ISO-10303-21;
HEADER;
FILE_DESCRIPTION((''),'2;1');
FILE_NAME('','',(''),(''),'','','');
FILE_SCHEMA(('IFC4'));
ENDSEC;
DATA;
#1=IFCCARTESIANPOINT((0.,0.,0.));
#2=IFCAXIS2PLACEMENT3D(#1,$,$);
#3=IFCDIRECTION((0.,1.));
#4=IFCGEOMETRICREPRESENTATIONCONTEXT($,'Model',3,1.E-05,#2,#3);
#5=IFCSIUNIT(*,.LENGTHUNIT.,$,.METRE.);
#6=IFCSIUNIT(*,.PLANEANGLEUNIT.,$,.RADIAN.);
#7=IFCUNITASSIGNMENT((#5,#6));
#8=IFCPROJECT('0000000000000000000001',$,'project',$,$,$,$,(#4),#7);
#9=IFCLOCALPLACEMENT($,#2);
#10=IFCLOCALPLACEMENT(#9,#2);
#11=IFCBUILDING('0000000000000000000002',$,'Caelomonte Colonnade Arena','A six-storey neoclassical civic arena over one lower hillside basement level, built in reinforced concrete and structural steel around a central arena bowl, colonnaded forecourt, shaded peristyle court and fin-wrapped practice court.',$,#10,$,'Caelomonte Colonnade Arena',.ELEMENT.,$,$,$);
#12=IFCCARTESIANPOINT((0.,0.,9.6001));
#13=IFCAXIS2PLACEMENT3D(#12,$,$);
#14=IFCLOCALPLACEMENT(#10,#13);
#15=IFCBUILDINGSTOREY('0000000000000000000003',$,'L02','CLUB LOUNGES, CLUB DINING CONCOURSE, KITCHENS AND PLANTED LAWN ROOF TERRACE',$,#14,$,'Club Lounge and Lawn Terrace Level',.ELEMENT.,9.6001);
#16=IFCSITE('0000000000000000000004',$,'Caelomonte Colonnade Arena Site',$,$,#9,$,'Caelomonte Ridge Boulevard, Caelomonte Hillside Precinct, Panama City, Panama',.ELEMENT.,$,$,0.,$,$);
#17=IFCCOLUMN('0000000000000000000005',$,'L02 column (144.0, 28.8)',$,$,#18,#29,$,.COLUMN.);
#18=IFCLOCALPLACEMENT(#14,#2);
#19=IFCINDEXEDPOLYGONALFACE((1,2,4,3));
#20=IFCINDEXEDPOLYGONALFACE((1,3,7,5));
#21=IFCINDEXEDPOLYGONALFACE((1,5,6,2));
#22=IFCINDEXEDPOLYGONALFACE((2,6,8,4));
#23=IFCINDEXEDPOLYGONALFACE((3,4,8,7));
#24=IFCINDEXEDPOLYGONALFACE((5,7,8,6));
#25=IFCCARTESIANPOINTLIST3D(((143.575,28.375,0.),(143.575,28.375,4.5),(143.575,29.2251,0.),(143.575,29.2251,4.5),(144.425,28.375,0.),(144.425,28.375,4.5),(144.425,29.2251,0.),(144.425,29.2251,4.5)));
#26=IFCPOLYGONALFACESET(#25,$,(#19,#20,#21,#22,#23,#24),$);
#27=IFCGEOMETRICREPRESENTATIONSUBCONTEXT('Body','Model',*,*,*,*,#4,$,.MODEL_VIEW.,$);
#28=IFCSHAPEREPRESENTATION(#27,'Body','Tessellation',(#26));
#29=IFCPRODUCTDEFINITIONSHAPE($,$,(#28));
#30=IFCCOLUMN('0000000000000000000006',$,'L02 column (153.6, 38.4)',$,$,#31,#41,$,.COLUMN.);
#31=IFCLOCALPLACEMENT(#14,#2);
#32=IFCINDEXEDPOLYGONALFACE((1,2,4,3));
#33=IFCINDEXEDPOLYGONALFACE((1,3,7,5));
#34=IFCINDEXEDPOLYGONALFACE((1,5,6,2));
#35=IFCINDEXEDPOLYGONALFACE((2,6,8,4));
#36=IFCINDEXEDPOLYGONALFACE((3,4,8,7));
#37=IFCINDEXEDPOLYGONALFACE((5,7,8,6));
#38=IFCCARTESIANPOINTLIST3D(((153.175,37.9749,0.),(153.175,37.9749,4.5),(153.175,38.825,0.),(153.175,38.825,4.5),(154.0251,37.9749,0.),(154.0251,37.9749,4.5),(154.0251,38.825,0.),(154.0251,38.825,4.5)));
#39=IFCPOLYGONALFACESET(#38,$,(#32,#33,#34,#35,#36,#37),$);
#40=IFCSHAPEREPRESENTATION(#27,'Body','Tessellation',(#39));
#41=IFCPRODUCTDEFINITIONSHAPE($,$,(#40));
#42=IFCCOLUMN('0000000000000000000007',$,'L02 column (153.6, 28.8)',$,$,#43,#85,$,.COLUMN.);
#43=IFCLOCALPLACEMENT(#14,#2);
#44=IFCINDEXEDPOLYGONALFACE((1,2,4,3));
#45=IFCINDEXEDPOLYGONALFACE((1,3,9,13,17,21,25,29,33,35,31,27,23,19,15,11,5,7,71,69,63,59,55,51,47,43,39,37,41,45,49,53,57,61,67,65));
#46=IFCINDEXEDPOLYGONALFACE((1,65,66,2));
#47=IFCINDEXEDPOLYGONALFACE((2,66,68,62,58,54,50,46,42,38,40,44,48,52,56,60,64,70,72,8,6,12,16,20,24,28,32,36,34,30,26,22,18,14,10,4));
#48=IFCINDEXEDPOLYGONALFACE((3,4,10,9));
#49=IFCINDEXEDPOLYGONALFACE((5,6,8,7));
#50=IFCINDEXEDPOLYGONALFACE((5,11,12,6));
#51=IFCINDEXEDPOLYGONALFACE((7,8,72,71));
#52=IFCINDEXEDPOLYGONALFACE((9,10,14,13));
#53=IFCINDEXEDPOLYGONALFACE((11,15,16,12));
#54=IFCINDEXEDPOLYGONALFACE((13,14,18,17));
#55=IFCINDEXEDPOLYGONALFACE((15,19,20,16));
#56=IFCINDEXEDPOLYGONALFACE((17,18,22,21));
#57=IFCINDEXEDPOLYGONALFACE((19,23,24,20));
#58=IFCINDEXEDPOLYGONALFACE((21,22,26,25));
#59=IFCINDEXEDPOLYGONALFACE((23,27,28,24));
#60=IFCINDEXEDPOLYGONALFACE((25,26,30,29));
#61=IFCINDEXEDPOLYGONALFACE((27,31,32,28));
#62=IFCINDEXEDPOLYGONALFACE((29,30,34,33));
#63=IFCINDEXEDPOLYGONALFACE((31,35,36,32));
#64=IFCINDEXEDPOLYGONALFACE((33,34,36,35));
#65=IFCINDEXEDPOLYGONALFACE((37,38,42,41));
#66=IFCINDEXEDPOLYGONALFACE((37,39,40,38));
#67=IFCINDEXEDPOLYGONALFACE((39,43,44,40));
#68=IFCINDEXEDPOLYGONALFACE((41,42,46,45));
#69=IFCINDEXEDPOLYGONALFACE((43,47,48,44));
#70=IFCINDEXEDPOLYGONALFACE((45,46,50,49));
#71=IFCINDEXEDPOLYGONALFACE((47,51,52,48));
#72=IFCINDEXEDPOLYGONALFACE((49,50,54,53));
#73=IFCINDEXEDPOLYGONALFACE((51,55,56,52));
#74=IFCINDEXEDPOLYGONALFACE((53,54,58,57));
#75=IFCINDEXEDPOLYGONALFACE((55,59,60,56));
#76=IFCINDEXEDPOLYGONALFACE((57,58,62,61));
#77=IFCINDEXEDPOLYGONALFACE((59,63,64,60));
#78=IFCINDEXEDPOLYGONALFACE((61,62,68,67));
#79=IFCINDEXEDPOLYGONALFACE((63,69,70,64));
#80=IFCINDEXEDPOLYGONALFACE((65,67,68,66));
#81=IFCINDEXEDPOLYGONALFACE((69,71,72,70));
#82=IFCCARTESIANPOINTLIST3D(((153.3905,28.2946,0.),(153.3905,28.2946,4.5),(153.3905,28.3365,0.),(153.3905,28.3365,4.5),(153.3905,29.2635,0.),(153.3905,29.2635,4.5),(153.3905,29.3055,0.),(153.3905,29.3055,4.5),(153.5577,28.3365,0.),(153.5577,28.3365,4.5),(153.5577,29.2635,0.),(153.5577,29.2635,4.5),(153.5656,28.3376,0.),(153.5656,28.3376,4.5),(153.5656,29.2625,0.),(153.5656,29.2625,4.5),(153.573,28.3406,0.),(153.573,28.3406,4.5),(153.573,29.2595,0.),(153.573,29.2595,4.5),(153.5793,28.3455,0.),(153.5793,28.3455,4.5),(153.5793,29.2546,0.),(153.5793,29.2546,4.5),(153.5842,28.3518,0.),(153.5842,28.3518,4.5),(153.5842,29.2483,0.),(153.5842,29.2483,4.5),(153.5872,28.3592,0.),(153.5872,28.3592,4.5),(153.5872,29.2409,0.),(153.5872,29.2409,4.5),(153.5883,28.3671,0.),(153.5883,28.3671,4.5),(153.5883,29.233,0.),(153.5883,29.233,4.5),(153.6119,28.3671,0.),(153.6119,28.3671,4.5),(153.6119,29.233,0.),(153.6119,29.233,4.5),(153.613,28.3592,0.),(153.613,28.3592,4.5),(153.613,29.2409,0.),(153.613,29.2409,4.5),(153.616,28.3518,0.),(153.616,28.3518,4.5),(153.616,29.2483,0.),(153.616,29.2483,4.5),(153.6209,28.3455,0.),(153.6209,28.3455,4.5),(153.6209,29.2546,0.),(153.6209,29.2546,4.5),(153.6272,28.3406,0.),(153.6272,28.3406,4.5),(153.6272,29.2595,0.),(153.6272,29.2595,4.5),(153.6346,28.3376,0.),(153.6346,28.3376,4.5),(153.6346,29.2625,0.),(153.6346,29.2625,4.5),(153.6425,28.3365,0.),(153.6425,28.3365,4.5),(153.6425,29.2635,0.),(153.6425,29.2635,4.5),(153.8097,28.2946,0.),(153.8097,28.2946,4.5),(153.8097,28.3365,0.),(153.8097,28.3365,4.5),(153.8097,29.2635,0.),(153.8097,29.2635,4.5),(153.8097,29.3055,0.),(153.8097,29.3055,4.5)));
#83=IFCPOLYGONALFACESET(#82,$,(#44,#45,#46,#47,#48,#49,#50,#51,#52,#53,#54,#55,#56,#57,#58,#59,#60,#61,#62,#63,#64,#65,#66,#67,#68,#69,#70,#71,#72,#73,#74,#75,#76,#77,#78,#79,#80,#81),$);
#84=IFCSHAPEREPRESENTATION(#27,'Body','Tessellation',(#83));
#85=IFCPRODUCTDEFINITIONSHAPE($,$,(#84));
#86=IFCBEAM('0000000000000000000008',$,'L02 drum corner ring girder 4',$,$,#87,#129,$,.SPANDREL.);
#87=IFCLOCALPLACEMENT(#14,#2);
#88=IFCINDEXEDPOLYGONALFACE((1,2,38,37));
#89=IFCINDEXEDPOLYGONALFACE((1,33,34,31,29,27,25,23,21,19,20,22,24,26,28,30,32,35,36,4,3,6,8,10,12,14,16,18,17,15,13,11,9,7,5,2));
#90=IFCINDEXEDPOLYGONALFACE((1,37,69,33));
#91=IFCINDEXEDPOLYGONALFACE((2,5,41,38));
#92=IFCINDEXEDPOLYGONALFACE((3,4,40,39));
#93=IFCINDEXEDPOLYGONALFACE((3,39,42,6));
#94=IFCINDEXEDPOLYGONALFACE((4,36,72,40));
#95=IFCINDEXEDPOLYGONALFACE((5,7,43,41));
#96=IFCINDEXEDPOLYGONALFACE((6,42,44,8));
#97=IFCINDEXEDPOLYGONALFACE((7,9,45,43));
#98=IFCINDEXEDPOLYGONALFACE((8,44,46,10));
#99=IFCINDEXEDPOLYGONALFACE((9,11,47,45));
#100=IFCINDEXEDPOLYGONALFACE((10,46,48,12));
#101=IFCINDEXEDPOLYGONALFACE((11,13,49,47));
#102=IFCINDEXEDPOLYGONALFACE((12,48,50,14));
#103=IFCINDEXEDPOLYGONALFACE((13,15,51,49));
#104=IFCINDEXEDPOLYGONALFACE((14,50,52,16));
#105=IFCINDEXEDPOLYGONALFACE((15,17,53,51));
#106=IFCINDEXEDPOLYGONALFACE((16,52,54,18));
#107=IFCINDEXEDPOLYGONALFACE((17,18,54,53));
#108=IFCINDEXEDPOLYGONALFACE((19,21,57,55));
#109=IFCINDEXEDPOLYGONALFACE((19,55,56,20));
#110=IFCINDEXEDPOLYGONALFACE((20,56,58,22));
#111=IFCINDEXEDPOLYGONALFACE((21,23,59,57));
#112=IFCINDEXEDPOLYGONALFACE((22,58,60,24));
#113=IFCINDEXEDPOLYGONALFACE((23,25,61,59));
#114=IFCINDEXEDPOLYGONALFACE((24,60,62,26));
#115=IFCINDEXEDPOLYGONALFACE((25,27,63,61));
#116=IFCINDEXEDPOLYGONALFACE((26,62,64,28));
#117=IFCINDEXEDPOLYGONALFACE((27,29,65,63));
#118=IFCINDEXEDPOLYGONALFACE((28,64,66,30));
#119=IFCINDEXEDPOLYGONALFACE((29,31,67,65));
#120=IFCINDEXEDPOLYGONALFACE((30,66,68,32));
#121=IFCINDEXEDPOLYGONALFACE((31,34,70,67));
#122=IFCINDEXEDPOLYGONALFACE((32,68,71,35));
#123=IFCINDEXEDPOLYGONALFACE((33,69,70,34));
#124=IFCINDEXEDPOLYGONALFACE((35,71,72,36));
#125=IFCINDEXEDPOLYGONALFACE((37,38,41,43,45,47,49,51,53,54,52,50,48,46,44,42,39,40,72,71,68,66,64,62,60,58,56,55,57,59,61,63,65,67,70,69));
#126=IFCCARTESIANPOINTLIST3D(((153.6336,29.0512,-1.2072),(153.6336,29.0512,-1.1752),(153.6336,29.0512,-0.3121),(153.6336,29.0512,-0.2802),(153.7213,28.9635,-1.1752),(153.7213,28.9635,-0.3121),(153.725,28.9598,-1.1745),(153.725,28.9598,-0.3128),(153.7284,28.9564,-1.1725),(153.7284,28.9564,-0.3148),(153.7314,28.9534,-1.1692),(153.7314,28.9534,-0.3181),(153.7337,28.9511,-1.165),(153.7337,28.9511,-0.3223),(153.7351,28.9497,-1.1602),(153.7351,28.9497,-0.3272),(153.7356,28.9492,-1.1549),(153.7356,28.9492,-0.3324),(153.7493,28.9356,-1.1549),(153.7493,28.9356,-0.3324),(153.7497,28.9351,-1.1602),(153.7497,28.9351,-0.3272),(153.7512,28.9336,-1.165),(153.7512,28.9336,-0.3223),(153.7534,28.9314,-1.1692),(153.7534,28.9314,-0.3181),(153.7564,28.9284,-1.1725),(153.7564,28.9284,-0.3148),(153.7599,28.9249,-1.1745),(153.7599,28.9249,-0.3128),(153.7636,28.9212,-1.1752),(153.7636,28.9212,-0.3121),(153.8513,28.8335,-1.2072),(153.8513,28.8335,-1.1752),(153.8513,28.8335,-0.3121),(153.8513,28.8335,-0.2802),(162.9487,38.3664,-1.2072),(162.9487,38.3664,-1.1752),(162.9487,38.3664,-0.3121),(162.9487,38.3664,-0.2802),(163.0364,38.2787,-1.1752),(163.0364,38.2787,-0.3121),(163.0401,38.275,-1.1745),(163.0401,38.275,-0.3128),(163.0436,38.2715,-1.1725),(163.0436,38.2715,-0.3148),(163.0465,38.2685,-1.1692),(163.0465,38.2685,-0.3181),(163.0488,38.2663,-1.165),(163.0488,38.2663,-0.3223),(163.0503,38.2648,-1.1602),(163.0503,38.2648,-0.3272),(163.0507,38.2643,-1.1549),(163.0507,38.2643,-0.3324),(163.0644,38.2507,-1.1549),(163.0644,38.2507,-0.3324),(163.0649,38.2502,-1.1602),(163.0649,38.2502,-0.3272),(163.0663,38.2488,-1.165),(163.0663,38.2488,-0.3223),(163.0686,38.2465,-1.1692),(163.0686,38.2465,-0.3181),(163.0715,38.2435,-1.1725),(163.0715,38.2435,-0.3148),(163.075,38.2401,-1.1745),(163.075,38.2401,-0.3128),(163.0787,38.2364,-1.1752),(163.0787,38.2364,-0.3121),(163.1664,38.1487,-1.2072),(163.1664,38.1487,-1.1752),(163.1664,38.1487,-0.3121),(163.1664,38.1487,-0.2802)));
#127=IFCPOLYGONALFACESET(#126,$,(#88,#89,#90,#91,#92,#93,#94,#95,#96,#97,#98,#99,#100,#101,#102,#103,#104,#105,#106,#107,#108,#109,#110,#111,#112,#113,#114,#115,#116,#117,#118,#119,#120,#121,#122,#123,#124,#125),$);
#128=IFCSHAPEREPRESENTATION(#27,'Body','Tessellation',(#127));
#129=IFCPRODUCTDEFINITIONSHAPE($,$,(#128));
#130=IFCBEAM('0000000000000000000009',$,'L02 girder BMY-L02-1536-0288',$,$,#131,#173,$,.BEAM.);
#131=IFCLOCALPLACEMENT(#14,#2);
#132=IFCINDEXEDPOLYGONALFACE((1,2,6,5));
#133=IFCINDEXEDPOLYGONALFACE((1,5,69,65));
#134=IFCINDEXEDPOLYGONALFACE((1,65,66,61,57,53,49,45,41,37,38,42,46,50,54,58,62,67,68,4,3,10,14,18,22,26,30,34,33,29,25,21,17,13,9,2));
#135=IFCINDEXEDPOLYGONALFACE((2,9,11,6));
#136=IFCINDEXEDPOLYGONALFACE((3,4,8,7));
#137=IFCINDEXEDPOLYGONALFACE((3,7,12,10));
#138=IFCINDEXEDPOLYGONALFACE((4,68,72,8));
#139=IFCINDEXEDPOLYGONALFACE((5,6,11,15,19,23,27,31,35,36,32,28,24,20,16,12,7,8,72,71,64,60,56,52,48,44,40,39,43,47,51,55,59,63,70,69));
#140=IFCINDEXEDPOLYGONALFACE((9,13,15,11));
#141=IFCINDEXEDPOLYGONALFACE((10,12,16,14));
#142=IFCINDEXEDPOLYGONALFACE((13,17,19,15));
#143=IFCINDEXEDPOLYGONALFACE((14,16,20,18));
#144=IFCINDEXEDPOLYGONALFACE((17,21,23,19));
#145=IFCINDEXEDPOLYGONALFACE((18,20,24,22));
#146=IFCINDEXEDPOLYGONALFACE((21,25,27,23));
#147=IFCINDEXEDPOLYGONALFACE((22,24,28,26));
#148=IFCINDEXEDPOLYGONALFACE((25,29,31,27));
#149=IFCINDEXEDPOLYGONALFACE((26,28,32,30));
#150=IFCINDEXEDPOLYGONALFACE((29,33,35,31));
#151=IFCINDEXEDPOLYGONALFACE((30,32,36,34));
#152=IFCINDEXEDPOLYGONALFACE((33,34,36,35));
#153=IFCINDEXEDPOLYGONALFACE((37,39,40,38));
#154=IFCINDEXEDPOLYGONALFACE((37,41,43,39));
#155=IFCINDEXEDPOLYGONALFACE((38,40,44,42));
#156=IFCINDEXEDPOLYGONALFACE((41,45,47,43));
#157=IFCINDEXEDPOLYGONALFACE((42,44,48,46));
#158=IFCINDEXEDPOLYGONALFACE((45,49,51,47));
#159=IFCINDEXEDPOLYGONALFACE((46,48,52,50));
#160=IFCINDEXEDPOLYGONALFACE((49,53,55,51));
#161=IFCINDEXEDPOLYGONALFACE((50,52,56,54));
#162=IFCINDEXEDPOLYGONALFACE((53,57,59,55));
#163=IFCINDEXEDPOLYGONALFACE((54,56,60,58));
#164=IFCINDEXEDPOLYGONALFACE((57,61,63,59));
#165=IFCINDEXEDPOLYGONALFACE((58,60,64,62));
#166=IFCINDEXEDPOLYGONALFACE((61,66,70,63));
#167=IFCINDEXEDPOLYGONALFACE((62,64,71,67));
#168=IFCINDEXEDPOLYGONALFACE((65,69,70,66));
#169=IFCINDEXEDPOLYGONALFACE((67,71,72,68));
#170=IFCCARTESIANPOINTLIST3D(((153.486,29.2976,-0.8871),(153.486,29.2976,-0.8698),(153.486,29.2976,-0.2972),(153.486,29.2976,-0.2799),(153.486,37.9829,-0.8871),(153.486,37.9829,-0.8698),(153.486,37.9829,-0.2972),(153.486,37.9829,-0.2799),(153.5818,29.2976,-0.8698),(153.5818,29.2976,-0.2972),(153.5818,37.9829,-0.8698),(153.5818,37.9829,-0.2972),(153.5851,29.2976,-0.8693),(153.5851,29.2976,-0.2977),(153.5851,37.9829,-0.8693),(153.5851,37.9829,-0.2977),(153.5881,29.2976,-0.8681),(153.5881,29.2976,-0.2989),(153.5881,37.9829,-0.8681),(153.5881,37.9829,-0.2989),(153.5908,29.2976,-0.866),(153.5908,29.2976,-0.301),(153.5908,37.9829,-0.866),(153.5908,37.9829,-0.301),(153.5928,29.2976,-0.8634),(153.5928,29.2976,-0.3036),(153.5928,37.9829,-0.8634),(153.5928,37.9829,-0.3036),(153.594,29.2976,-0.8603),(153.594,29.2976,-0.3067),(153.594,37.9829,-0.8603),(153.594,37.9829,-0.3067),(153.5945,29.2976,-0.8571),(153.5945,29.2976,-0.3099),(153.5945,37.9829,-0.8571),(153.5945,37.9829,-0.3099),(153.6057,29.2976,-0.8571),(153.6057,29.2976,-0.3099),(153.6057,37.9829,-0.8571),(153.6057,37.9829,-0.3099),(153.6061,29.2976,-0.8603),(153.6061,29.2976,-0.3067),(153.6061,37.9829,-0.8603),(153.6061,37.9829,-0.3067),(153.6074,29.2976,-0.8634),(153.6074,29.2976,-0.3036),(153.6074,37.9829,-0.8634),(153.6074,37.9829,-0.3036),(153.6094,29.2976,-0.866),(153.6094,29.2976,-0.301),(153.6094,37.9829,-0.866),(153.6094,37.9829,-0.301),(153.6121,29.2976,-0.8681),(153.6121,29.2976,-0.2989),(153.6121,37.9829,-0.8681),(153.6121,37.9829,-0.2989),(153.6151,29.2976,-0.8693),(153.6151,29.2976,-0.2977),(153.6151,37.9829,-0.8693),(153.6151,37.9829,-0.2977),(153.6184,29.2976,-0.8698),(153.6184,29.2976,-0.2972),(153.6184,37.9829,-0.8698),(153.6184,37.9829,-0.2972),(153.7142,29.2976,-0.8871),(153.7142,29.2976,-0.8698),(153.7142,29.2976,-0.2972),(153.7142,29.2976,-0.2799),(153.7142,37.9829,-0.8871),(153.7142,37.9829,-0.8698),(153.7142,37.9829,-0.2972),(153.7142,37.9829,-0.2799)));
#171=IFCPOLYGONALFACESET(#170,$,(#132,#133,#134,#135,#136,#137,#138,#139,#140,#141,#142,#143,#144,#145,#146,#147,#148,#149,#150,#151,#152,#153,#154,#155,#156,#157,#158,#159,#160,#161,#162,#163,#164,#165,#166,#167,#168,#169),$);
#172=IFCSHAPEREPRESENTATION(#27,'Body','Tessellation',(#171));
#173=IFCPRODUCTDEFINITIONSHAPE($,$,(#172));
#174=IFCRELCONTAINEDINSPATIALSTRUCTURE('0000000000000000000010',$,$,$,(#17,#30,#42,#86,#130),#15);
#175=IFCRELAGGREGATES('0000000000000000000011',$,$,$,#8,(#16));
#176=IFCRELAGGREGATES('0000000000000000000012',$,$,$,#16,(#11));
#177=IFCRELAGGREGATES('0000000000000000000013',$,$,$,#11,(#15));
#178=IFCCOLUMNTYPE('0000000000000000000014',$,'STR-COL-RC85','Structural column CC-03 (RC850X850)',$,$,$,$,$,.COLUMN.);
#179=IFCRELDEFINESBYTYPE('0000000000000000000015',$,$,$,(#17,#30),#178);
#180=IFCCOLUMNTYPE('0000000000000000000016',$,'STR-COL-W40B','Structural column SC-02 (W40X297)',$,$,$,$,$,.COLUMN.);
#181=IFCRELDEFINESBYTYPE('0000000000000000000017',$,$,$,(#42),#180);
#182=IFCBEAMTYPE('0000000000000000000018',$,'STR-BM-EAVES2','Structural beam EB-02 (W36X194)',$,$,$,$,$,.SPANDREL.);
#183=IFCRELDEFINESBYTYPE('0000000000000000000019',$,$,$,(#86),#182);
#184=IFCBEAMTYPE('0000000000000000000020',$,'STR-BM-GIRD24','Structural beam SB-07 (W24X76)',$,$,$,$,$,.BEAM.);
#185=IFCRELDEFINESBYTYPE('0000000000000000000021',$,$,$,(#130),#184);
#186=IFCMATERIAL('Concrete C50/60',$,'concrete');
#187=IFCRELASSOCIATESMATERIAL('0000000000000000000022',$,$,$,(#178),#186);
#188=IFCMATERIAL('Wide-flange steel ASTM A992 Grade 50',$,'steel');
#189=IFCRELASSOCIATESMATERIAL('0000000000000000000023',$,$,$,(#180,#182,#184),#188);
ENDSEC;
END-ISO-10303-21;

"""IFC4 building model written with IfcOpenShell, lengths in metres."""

from ifc_helpers import new_model, si_unit, direction, frame, origin, origin_2d, place, context, subcontext, project, spatial, rectangle, i_section, extrude, material, material_profile, profile_set, type_object, element, save


model = new_model("IFC4")

# Units and contexts
model_context = context("Model", 3, precision=1e-05, world=origin(), true_north=direction((0.0, 1.0)))
body_context = subcontext(model_context, "Body", "Model", "MODEL_VIEW")
ifc_project = project(units=[si_unit("LENGTHUNIT", "METRE"), si_unit("PLANEANGLEUNIT", "RADIAN")], contexts=[model_context])

# Site, building, storey
site_placement = place(None, origin())
site = spatial("IfcSite", under=ifc_project, at=site_placement, Name="Caelomonte Colonnade Arena Site", LongName="Caelomonte Ridge Boulevard, Caelomonte Hillside Precinct, Panama City, Panama", CompositionType="ELEMENT", RefElevation=0.0)
building_placement = place(site_placement, origin())
building = spatial("IfcBuilding", under=site, at=building_placement, Name="Caelomonte Colonnade Arena", Description="A six-storey neoclassical civic arena over one lower hillside basement level, built in reinforced concrete and structural steel around a central arena bowl, colonnaded forecourt, shaded peristyle court and fin-wrapped practice court.", LongName="Caelomonte Colonnade Arena", CompositionType="ELEMENT")
storey_placement = place(building_placement, frame((0.0, 0.0, 9.6001)))
storey = spatial("IfcBuildingStorey", under=building, at=storey_placement, Name="L02", Description="CLUB LOUNGES, CLUB DINING CONCOURSE, KITCHENS AND PLANTED LAWN ROOF TERRACE", LongName="Club Lounge and Lawn Terrace Level", CompositionType="ELEMENT", Elevation=9.6001)

# Columns
ifc_material_1 = material(Name="Concrete C50/60", Category="concrete")
ifc_material_profile_1 = material_profile(ifc_material_1, rectangle(XDim=0.8501, YDim=0.8501, at=origin_2d()), Name="RC850X850")
ifc_profile_set_1 = profile_set([ifc_material_profile_1], Name="Concrete C50/60")
column_type_1 = type_object("IfcColumnType", Name="STR-COL-RC85", Description="Structural column CC-03 (RC850X850)", PredefinedType="COLUMN", material=ifc_profile_set_1)
for number, where, z_axis, x_axis, name in (
    (1, (144.0, 28.8, 0.0), (0.0, 0.0, 1.0), (1.0, 0.0, 0.0), "L02 column (144.0, 28.8)"),
    (2, (153.6001, 38.3999, 0.0), (0.0, 0.0, 1.0), (1.0, 0.0, 0.0), "L02 column (153.6, 38.4)"),
):
    element("IfcColumn", number, at=place(storey_placement, frame(where, z_axis=z_axis, x_axis=x_axis)), inside=storey, type_object=column_type_1, Name=name, PredefinedType="COLUMN", context=body_context, shape_type="SweptSolid", body=[
        extrude(rectangle(XDim=0.8501, YDim=0.8501, at=origin_2d()), origin(), (0.0, 0.0, 1.0), 4.5),
    ])
ifc_material_2 = material(Name="Wide-flange steel ASTM A992 Grade 50", Category="steel")
ifc_material_profile_2 = material_profile(ifc_material_2, i_section(OverallWidth=0.4192, OverallDepth=1.011, WebThickness=0.0237, FlangeThickness=0.042, FilletRadius=0.0305, at=origin_2d()), Name="W40X297")
ifc_profile_set_2 = profile_set([ifc_material_profile_2], Name="Wide-flange steel ASTM A992 Grade 50")
column_type_2 = type_object("IfcColumnType", Name="STR-COL-W40B", Description="Structural column SC-02 (W40X297)", PredefinedType="COLUMN", material=ifc_profile_set_2)
column_placement = place(storey_placement, frame((153.6001, 28.8, 0.0), z_axis=(0.0, 0.0, 1.0), x_axis=(1.0, 0.0, 0.0)))
element("IfcColumn", 3, at=column_placement, inside=storey, type_object=column_type_2, Name="L02 column (153.6, 28.8)", PredefinedType="COLUMN", context=body_context, shape_type="SweptSolid", body=[
    extrude(i_section(OverallWidth=0.4192, OverallDepth=1.011, WebThickness=0.0237, FlangeThickness=0.042, FilletRadius=0.0305, at=origin_2d()), origin(), (0.0, 0.0, 1.0), 4.5),
])

# Beams
ifc_material_profile_3 = material_profile(ifc_material_2, i_section(OverallWidth=0.3079, OverallDepth=0.927, WebThickness=0.0193, FlangeThickness=0.032, FilletRadius=0.0203, at=origin_2d()), Name="W36X194")
ifc_profile_set_3 = profile_set([ifc_material_profile_3], Name="Wide-flange steel ASTM A992 Grade 50")
beam_type_1 = type_object("IfcBeamType", Name="STR-BM-EAVES2", Description="Structural beam EB-02 (W36X194)", PredefinedType="SPANDREL", material=ifc_profile_set_3)
beam_1_placement = place(storey_placement, frame((153.7424, 28.9424, -0.7437), z_axis=(0.707107, 0.707107, 0.0), x_axis=(-0.707107, 0.707107, 0.0)))
element("IfcBeam", 4, at=beam_1_placement, inside=storey, type_object=beam_type_1, Name="L02 drum corner ring girder 4", PredefinedType="SPANDREL", context=body_context, shape_type="SweptSolid", body=[
    extrude(i_section(OverallWidth=0.3079, OverallDepth=0.927, WebThickness=0.0193, FlangeThickness=0.032, FilletRadius=0.0203, at=origin_2d()), origin(), (0.0, 0.0, 1.0), 13.1736),
])
ifc_material_profile_4 = material_profile(ifc_material_2, i_section(OverallWidth=0.2283, OverallDepth=0.6072, WebThickness=0.0112, FlangeThickness=0.0173, FilletRadius=0.0127, at=origin_2d()), Name="W24X76")
ifc_profile_set_4 = profile_set([ifc_material_profile_4], Name="Wide-flange steel ASTM A992 Grade 50")
beam_type_2 = type_object("IfcBeamType", Name="STR-BM-GIRD24", Description="Structural beam SB-07 (W24X76)", PredefinedType="BEAM", material=ifc_profile_set_4)
beam_2_placement = place(storey_placement, frame((153.6001, 29.2976, -0.5835), z_axis=(0.0, 1.0, 0.0), x_axis=(-1.0, 0.0, 0.0)))
element("IfcBeam", 5, at=beam_2_placement, inside=storey, type_object=beam_type_2, Name="L02 girder BMY-L02-1536-0288", PredefinedType="BEAM", context=body_context, shape_type="SweptSolid", body=[
    extrude(i_section(OverallWidth=0.2283, OverallDepth=0.6072, WebThickness=0.0112, FlangeThickness=0.0173, FilletRadius=0.0127, at=origin_2d()), origin(), (0.0, 0.0, 1.0), 8.6853),
])

save(model, "model.ifc")
